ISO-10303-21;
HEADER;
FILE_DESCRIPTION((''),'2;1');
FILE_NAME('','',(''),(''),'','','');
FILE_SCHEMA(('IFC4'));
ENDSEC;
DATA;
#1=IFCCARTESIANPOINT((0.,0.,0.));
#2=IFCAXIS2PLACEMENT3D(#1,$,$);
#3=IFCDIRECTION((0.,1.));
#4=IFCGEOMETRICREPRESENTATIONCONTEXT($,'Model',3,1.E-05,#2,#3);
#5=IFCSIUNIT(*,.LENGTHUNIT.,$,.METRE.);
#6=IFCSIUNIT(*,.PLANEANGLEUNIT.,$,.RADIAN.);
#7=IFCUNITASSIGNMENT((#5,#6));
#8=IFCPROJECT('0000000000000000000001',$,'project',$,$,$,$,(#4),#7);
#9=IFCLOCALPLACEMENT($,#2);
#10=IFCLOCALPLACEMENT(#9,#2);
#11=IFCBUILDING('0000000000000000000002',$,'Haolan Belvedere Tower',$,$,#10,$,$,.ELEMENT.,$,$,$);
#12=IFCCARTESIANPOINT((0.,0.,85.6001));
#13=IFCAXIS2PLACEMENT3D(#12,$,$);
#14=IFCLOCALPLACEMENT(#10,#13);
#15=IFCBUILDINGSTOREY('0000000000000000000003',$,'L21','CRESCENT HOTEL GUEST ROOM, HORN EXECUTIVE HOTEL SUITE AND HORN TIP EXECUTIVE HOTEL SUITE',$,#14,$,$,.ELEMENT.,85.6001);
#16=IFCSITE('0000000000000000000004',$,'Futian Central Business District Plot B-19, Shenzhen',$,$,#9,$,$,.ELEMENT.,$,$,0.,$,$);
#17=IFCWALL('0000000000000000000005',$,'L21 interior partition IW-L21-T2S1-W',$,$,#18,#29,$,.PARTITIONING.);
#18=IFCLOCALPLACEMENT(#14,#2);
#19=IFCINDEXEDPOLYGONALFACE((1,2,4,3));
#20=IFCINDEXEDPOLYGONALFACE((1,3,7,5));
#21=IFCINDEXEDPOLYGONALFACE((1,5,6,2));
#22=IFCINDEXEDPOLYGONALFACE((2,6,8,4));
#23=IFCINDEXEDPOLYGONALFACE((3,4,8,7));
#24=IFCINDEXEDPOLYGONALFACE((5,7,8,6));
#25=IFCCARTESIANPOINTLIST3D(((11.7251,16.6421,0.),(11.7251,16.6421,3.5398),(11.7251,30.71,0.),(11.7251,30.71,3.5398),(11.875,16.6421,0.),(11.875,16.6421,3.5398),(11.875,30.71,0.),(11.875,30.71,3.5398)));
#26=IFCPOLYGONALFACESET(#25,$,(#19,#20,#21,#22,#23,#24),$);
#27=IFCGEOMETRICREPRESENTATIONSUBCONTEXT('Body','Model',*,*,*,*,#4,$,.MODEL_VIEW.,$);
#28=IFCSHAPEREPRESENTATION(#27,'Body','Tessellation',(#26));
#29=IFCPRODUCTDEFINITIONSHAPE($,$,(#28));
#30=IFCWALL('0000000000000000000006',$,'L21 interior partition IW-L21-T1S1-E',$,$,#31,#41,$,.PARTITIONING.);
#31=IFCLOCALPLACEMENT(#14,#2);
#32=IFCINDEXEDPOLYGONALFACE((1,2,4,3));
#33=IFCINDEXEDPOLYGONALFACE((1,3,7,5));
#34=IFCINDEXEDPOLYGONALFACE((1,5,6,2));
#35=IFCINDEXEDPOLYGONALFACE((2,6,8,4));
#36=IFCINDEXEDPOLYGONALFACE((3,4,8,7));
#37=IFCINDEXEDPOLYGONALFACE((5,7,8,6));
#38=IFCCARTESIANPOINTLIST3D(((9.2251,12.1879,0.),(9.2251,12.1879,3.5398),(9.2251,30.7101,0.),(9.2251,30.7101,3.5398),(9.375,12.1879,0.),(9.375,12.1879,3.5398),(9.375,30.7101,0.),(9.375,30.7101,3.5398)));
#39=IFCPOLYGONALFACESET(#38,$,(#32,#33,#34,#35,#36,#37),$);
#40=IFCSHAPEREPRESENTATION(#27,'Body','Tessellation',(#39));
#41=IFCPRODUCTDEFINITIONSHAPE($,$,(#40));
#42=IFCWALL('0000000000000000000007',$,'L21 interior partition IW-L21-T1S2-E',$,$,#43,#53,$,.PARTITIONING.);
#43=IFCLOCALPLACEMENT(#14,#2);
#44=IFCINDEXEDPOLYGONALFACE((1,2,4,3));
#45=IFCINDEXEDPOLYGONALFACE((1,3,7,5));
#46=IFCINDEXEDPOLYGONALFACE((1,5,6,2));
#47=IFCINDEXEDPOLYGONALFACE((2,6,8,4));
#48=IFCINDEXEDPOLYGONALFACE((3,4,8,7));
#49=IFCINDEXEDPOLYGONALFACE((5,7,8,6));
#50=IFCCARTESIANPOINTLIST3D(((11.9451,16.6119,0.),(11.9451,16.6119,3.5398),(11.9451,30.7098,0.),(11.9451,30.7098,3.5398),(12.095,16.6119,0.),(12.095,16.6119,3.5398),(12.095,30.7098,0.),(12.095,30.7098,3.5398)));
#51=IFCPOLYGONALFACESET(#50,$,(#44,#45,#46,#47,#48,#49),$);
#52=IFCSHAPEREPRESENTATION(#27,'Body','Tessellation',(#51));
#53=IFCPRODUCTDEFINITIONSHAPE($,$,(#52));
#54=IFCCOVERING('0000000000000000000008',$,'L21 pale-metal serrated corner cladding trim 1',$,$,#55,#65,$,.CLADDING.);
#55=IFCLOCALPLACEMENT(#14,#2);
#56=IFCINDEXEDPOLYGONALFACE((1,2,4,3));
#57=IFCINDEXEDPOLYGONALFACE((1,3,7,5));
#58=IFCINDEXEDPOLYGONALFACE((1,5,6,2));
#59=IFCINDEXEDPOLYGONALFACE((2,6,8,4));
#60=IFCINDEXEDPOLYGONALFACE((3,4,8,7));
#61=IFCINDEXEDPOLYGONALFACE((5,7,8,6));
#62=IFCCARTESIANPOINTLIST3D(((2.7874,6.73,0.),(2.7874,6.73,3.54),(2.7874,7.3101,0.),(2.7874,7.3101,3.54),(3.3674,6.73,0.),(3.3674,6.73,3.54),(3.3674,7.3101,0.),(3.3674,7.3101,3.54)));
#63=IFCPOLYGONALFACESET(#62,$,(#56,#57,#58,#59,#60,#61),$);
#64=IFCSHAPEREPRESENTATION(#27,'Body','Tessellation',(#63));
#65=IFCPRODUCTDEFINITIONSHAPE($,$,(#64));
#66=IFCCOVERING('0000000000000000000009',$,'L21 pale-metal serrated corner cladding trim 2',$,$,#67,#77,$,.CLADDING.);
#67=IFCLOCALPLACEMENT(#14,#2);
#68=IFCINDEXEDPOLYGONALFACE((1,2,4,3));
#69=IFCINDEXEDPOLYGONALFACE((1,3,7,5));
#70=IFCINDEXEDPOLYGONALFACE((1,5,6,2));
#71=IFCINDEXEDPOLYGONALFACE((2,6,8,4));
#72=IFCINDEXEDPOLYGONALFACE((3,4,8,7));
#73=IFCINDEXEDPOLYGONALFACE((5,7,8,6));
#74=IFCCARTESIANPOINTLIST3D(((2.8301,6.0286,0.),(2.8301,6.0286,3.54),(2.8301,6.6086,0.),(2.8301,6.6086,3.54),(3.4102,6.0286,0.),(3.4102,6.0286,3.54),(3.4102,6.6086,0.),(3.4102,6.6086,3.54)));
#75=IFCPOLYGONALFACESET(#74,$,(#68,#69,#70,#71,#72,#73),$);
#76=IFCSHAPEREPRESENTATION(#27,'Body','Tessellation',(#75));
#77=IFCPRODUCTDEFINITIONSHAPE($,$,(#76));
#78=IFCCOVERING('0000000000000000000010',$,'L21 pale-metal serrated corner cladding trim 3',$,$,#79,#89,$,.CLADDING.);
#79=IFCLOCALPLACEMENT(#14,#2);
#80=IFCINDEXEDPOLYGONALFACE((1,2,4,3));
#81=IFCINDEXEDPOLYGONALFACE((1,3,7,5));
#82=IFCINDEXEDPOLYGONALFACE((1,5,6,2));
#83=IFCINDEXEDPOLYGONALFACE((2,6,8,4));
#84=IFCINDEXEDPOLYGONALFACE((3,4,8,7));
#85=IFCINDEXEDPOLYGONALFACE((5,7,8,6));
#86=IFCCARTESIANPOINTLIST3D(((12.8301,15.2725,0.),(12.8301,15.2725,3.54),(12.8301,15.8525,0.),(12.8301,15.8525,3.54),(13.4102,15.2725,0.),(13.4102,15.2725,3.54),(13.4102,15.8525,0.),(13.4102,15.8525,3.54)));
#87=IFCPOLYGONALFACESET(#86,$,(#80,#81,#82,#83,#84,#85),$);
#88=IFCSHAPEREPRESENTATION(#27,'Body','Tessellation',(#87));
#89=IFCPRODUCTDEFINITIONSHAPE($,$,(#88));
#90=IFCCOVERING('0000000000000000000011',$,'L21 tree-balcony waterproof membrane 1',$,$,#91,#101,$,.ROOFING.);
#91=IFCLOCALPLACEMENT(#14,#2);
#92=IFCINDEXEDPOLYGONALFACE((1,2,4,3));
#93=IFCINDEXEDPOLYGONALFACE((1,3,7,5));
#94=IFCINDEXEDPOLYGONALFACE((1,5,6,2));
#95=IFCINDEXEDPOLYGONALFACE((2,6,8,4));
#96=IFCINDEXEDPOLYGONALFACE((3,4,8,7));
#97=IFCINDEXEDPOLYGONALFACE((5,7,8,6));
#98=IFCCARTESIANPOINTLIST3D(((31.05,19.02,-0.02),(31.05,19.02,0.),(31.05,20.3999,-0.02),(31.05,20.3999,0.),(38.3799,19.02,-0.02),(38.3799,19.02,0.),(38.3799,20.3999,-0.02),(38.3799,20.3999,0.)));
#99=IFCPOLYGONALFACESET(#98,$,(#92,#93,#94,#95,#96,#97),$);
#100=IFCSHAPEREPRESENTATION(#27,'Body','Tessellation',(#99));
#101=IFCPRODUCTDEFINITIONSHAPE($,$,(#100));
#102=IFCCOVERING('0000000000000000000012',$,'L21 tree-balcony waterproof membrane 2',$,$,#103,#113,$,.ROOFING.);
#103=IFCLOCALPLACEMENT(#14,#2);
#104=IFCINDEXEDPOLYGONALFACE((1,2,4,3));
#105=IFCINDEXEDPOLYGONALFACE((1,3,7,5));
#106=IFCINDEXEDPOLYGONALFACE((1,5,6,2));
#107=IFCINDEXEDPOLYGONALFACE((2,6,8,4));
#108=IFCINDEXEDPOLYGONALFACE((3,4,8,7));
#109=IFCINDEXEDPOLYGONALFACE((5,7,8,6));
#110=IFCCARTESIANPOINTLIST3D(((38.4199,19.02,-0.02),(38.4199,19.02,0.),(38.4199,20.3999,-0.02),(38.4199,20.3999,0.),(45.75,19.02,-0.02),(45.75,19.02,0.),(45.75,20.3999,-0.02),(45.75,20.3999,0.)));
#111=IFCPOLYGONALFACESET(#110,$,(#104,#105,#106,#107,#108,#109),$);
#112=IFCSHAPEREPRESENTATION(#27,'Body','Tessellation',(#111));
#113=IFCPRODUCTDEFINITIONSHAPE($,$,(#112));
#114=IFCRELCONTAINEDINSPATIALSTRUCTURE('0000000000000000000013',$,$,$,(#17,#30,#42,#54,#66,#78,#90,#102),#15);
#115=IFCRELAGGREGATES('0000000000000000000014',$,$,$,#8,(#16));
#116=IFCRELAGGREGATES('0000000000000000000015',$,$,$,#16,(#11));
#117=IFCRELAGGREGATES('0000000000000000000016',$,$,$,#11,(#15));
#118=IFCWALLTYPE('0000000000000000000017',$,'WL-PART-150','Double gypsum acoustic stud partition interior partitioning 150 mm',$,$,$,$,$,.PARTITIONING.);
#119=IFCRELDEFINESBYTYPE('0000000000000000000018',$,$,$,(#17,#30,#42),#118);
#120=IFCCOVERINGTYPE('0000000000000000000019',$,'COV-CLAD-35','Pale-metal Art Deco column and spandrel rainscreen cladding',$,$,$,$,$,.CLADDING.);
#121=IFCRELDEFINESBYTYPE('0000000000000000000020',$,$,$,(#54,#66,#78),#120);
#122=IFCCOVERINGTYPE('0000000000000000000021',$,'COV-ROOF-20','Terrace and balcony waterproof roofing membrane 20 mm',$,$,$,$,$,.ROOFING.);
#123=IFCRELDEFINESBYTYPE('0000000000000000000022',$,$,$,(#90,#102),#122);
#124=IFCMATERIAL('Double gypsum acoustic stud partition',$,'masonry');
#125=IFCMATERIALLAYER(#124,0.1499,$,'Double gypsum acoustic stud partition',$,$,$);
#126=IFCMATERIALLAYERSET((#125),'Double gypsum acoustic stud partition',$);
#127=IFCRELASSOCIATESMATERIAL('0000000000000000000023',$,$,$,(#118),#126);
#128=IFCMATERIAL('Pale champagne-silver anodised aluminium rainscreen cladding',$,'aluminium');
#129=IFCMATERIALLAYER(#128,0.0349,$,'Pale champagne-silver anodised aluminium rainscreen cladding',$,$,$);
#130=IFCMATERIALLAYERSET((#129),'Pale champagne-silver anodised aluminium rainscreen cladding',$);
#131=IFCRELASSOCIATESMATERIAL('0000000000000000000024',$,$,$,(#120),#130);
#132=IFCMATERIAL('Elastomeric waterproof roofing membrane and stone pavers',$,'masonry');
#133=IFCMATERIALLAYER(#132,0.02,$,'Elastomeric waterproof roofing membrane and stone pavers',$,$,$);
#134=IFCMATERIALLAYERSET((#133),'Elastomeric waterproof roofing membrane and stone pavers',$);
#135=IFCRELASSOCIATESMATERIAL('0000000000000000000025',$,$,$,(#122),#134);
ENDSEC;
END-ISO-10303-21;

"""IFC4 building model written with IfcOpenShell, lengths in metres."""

from ifc_helpers import new_model, si_unit, direction, frame, frame_2d, origin, origin_2d, place, context, subcontext, project, spatial, polyline, rectangle, outline, extrude, material, layer, layer_set, type_object, element, save


model = new_model("IFC4")

# Units and contexts
model_context = context("Model", 3, precision=1e-05, world=origin(), true_north=direction((0.0, 1.0)))
body_context = subcontext(model_context, "Body", "Model", "MODEL_VIEW")
ifc_project = project(units=[si_unit("LENGTHUNIT", "METRE"), si_unit("PLANEANGLEUNIT", "RADIAN")], contexts=[model_context])

# Site, building, storey
site_placement = place(None, origin())
site = spatial("IfcSite", under=ifc_project, at=site_placement, Name="Futian Central Business District Plot B-19, Shenzhen", CompositionType="ELEMENT", RefElevation=0.0)
building_placement = place(site_placement, origin())
building = spatial("IfcBuilding", under=site, at=building_placement, Name="Haolan Belvedere Tower", CompositionType="ELEMENT")
storey_placement = place(building_placement, frame((0.0, 0.0, 85.6001)))
storey = spatial("IfcBuildingStorey", under=building, at=storey_placement, Name="L21", Description="CRESCENT HOTEL GUEST ROOM, HORN EXECUTIVE HOTEL SUITE AND HORN TIP EXECUTIVE HOTEL SUITE", CompositionType="ELEMENT", Elevation=85.6001)

# Walls
ifc_material_1 = material(Name="Double gypsum acoustic stud partition", Category="masonry")
ifc_layer_1 = layer(ifc_material_1, 0.1499, Name="Double gypsum acoustic stud partition")
ifc_layer_set_1 = layer_set([ifc_layer_1], Name="Double gypsum acoustic stud partition")
wall_type_1 = type_object("IfcWallType", Name="WL-PART-150", Description="Double gypsum acoustic stud partition interior partitioning 150 mm", PredefinedType="PARTITIONING", material=ifc_layer_set_1)
wall_1_placement = place(storey_placement, frame((11.8, 16.6421, 0.0), z_axis=(0.0, 0.0, 1.0), x_axis=(0.0, 1.0, 0.0)))
element("IfcWall", 1, at=wall_1_placement, inside=storey, type_object=wall_type_1, Name="L21 interior partition IW-L21-T2S1-W", PredefinedType="PARTITIONING", context=body_context, shape_type="SweptSolid", body=[
    extrude(rectangle(XDim=14.0679, YDim=0.1499, at=frame_2d((7.0339, 0.0))), origin(), (0.0, 0.0, 1.0), 3.5398),
])
wall_2_placement = place(storey_placement, frame((9.3, 12.1877, 0.0), z_axis=(0.0, 0.0, 1.0), x_axis=(0.0, 1.0, 0.0)))
element("IfcWall", 2, at=wall_2_placement, inside=storey, type_object=wall_type_1, Name="L21 interior partition IW-L21-T1S1-E", PredefinedType="PARTITIONING", context=body_context, shape_type="SweptSolid", body=[
    extrude(rectangle(XDim=18.5222, YDim=0.1499, at=frame_2d((9.2612, 0.0))), origin(), (0.0, 0.0, 1.0), 3.5398),
])
wall_3_placement = place(storey_placement, frame((12.02, 16.6121, 0.0), z_axis=(0.0, 0.0, 1.0), x_axis=(0.0, 1.0, 0.0)))
element("IfcWall", 3, at=wall_3_placement, inside=storey, type_object=wall_type_1, Name="L21 interior partition IW-L21-T1S2-E", PredefinedType="PARTITIONING", context=body_context, shape_type="SweptSolid", body=[
    extrude(rectangle(XDim=14.0979, YDim=0.1499, at=frame_2d((7.0488, 0.0))), origin(), (0.0, 0.0, 1.0), 3.5398),
])

# Coverings
ifc_material_2 = material(Name="Pale champagne-silver anodised aluminium rainscreen cladding", Category="aluminium")
ifc_layer_2 = layer(ifc_material_2, 0.0349, Name="Pale champagne-silver anodised aluminium rainscreen cladding")
ifc_layer_set_2 = layer_set([ifc_layer_2], Name="Pale champagne-silver anodised aluminium rainscreen cladding")
covering_type_1 = type_object("IfcCoveringType", Name="COV-CLAD-35", Description="Pale-metal Art Deco column and spandrel rainscreen cladding", PredefinedType="CLADDING", material=ifc_layer_set_2)
for number, where, z_axis, x_axis, name in (
    (4, (3.0774, 7.02, 0.0), (0.0, 0.0, 1.0), (1.0, 0.0, 0.0), "L21 pale-metal serrated corner cladding trim 1"),
    (5, (3.1201, 6.3186, 0.0), (0.0, 0.0, 1.0), (1.0, 0.0, 0.0), "L21 pale-metal serrated corner cladding trim 2"),
    (6, (13.1201, 15.5625, 0.0), (0.0, 0.0, 1.0), (1.0, 0.0, 0.0), "L21 pale-metal serrated corner cladding trim 3"),
):
    element("IfcCovering", number, at=place(storey_placement, frame(where, z_axis=z_axis, x_axis=x_axis)), inside=storey, type_object=covering_type_1, Name=name, PredefinedType="CLADDING", context=body_context, shape_type="SweptSolid", body=[
        extrude(rectangle(XDim=0.5801, YDim=0.5801, at=origin_2d()), origin(), (0.0, 0.0, 1.0), 3.54),
    ])
ifc_material_3 = material(Name="Elastomeric waterproof roofing membrane and stone pavers", Category="masonry")
ifc_layer_3 = layer(ifc_material_3, 0.02, Name="Elastomeric waterproof roofing membrane and stone pavers")
ifc_layer_set_3 = layer_set([ifc_layer_3], Name="Elastomeric waterproof roofing membrane and stone pavers")
covering_type_2 = type_object("IfcCoveringType", Name="COV-ROOF-20", Description="Terrace and balcony waterproof roofing membrane 20 mm", PredefinedType="ROOFING", material=ifc_layer_set_3)
covering_1_placement = place(storey_placement, frame((0.0, 0.0, -0.02)))
element("IfcCovering", 7, at=covering_1_placement, inside=storey, type_object=covering_type_2, Name="L21 tree-balcony waterproof membrane 1", PredefinedType="ROOFING", context=body_context, shape_type="SweptSolid", body=[
    extrude(outline(polyline([(31.05, 19.02), (38.3799, 19.02), (38.3799, 20.3999), (31.05, 20.3999), (31.05, 19.02)])), origin(), (0.0, 0.0, 1.0), 0.02),
])
covering_2_placement = place(storey_placement, frame((0.0, 0.0, -0.02)))
element("IfcCovering", 8, at=covering_2_placement, inside=storey, type_object=covering_type_2, Name="L21 tree-balcony waterproof membrane 2", PredefinedType="ROOFING", context=body_context, shape_type="SweptSolid", body=[
    extrude(outline(polyline([(38.4199, 19.02), (45.75, 19.02), (45.75, 20.3999), (38.4199, 20.3999), (38.4199, 19.02)])), origin(), (0.0, 0.0, 1.0), 0.02),
])

save(model, "model.ifc")
